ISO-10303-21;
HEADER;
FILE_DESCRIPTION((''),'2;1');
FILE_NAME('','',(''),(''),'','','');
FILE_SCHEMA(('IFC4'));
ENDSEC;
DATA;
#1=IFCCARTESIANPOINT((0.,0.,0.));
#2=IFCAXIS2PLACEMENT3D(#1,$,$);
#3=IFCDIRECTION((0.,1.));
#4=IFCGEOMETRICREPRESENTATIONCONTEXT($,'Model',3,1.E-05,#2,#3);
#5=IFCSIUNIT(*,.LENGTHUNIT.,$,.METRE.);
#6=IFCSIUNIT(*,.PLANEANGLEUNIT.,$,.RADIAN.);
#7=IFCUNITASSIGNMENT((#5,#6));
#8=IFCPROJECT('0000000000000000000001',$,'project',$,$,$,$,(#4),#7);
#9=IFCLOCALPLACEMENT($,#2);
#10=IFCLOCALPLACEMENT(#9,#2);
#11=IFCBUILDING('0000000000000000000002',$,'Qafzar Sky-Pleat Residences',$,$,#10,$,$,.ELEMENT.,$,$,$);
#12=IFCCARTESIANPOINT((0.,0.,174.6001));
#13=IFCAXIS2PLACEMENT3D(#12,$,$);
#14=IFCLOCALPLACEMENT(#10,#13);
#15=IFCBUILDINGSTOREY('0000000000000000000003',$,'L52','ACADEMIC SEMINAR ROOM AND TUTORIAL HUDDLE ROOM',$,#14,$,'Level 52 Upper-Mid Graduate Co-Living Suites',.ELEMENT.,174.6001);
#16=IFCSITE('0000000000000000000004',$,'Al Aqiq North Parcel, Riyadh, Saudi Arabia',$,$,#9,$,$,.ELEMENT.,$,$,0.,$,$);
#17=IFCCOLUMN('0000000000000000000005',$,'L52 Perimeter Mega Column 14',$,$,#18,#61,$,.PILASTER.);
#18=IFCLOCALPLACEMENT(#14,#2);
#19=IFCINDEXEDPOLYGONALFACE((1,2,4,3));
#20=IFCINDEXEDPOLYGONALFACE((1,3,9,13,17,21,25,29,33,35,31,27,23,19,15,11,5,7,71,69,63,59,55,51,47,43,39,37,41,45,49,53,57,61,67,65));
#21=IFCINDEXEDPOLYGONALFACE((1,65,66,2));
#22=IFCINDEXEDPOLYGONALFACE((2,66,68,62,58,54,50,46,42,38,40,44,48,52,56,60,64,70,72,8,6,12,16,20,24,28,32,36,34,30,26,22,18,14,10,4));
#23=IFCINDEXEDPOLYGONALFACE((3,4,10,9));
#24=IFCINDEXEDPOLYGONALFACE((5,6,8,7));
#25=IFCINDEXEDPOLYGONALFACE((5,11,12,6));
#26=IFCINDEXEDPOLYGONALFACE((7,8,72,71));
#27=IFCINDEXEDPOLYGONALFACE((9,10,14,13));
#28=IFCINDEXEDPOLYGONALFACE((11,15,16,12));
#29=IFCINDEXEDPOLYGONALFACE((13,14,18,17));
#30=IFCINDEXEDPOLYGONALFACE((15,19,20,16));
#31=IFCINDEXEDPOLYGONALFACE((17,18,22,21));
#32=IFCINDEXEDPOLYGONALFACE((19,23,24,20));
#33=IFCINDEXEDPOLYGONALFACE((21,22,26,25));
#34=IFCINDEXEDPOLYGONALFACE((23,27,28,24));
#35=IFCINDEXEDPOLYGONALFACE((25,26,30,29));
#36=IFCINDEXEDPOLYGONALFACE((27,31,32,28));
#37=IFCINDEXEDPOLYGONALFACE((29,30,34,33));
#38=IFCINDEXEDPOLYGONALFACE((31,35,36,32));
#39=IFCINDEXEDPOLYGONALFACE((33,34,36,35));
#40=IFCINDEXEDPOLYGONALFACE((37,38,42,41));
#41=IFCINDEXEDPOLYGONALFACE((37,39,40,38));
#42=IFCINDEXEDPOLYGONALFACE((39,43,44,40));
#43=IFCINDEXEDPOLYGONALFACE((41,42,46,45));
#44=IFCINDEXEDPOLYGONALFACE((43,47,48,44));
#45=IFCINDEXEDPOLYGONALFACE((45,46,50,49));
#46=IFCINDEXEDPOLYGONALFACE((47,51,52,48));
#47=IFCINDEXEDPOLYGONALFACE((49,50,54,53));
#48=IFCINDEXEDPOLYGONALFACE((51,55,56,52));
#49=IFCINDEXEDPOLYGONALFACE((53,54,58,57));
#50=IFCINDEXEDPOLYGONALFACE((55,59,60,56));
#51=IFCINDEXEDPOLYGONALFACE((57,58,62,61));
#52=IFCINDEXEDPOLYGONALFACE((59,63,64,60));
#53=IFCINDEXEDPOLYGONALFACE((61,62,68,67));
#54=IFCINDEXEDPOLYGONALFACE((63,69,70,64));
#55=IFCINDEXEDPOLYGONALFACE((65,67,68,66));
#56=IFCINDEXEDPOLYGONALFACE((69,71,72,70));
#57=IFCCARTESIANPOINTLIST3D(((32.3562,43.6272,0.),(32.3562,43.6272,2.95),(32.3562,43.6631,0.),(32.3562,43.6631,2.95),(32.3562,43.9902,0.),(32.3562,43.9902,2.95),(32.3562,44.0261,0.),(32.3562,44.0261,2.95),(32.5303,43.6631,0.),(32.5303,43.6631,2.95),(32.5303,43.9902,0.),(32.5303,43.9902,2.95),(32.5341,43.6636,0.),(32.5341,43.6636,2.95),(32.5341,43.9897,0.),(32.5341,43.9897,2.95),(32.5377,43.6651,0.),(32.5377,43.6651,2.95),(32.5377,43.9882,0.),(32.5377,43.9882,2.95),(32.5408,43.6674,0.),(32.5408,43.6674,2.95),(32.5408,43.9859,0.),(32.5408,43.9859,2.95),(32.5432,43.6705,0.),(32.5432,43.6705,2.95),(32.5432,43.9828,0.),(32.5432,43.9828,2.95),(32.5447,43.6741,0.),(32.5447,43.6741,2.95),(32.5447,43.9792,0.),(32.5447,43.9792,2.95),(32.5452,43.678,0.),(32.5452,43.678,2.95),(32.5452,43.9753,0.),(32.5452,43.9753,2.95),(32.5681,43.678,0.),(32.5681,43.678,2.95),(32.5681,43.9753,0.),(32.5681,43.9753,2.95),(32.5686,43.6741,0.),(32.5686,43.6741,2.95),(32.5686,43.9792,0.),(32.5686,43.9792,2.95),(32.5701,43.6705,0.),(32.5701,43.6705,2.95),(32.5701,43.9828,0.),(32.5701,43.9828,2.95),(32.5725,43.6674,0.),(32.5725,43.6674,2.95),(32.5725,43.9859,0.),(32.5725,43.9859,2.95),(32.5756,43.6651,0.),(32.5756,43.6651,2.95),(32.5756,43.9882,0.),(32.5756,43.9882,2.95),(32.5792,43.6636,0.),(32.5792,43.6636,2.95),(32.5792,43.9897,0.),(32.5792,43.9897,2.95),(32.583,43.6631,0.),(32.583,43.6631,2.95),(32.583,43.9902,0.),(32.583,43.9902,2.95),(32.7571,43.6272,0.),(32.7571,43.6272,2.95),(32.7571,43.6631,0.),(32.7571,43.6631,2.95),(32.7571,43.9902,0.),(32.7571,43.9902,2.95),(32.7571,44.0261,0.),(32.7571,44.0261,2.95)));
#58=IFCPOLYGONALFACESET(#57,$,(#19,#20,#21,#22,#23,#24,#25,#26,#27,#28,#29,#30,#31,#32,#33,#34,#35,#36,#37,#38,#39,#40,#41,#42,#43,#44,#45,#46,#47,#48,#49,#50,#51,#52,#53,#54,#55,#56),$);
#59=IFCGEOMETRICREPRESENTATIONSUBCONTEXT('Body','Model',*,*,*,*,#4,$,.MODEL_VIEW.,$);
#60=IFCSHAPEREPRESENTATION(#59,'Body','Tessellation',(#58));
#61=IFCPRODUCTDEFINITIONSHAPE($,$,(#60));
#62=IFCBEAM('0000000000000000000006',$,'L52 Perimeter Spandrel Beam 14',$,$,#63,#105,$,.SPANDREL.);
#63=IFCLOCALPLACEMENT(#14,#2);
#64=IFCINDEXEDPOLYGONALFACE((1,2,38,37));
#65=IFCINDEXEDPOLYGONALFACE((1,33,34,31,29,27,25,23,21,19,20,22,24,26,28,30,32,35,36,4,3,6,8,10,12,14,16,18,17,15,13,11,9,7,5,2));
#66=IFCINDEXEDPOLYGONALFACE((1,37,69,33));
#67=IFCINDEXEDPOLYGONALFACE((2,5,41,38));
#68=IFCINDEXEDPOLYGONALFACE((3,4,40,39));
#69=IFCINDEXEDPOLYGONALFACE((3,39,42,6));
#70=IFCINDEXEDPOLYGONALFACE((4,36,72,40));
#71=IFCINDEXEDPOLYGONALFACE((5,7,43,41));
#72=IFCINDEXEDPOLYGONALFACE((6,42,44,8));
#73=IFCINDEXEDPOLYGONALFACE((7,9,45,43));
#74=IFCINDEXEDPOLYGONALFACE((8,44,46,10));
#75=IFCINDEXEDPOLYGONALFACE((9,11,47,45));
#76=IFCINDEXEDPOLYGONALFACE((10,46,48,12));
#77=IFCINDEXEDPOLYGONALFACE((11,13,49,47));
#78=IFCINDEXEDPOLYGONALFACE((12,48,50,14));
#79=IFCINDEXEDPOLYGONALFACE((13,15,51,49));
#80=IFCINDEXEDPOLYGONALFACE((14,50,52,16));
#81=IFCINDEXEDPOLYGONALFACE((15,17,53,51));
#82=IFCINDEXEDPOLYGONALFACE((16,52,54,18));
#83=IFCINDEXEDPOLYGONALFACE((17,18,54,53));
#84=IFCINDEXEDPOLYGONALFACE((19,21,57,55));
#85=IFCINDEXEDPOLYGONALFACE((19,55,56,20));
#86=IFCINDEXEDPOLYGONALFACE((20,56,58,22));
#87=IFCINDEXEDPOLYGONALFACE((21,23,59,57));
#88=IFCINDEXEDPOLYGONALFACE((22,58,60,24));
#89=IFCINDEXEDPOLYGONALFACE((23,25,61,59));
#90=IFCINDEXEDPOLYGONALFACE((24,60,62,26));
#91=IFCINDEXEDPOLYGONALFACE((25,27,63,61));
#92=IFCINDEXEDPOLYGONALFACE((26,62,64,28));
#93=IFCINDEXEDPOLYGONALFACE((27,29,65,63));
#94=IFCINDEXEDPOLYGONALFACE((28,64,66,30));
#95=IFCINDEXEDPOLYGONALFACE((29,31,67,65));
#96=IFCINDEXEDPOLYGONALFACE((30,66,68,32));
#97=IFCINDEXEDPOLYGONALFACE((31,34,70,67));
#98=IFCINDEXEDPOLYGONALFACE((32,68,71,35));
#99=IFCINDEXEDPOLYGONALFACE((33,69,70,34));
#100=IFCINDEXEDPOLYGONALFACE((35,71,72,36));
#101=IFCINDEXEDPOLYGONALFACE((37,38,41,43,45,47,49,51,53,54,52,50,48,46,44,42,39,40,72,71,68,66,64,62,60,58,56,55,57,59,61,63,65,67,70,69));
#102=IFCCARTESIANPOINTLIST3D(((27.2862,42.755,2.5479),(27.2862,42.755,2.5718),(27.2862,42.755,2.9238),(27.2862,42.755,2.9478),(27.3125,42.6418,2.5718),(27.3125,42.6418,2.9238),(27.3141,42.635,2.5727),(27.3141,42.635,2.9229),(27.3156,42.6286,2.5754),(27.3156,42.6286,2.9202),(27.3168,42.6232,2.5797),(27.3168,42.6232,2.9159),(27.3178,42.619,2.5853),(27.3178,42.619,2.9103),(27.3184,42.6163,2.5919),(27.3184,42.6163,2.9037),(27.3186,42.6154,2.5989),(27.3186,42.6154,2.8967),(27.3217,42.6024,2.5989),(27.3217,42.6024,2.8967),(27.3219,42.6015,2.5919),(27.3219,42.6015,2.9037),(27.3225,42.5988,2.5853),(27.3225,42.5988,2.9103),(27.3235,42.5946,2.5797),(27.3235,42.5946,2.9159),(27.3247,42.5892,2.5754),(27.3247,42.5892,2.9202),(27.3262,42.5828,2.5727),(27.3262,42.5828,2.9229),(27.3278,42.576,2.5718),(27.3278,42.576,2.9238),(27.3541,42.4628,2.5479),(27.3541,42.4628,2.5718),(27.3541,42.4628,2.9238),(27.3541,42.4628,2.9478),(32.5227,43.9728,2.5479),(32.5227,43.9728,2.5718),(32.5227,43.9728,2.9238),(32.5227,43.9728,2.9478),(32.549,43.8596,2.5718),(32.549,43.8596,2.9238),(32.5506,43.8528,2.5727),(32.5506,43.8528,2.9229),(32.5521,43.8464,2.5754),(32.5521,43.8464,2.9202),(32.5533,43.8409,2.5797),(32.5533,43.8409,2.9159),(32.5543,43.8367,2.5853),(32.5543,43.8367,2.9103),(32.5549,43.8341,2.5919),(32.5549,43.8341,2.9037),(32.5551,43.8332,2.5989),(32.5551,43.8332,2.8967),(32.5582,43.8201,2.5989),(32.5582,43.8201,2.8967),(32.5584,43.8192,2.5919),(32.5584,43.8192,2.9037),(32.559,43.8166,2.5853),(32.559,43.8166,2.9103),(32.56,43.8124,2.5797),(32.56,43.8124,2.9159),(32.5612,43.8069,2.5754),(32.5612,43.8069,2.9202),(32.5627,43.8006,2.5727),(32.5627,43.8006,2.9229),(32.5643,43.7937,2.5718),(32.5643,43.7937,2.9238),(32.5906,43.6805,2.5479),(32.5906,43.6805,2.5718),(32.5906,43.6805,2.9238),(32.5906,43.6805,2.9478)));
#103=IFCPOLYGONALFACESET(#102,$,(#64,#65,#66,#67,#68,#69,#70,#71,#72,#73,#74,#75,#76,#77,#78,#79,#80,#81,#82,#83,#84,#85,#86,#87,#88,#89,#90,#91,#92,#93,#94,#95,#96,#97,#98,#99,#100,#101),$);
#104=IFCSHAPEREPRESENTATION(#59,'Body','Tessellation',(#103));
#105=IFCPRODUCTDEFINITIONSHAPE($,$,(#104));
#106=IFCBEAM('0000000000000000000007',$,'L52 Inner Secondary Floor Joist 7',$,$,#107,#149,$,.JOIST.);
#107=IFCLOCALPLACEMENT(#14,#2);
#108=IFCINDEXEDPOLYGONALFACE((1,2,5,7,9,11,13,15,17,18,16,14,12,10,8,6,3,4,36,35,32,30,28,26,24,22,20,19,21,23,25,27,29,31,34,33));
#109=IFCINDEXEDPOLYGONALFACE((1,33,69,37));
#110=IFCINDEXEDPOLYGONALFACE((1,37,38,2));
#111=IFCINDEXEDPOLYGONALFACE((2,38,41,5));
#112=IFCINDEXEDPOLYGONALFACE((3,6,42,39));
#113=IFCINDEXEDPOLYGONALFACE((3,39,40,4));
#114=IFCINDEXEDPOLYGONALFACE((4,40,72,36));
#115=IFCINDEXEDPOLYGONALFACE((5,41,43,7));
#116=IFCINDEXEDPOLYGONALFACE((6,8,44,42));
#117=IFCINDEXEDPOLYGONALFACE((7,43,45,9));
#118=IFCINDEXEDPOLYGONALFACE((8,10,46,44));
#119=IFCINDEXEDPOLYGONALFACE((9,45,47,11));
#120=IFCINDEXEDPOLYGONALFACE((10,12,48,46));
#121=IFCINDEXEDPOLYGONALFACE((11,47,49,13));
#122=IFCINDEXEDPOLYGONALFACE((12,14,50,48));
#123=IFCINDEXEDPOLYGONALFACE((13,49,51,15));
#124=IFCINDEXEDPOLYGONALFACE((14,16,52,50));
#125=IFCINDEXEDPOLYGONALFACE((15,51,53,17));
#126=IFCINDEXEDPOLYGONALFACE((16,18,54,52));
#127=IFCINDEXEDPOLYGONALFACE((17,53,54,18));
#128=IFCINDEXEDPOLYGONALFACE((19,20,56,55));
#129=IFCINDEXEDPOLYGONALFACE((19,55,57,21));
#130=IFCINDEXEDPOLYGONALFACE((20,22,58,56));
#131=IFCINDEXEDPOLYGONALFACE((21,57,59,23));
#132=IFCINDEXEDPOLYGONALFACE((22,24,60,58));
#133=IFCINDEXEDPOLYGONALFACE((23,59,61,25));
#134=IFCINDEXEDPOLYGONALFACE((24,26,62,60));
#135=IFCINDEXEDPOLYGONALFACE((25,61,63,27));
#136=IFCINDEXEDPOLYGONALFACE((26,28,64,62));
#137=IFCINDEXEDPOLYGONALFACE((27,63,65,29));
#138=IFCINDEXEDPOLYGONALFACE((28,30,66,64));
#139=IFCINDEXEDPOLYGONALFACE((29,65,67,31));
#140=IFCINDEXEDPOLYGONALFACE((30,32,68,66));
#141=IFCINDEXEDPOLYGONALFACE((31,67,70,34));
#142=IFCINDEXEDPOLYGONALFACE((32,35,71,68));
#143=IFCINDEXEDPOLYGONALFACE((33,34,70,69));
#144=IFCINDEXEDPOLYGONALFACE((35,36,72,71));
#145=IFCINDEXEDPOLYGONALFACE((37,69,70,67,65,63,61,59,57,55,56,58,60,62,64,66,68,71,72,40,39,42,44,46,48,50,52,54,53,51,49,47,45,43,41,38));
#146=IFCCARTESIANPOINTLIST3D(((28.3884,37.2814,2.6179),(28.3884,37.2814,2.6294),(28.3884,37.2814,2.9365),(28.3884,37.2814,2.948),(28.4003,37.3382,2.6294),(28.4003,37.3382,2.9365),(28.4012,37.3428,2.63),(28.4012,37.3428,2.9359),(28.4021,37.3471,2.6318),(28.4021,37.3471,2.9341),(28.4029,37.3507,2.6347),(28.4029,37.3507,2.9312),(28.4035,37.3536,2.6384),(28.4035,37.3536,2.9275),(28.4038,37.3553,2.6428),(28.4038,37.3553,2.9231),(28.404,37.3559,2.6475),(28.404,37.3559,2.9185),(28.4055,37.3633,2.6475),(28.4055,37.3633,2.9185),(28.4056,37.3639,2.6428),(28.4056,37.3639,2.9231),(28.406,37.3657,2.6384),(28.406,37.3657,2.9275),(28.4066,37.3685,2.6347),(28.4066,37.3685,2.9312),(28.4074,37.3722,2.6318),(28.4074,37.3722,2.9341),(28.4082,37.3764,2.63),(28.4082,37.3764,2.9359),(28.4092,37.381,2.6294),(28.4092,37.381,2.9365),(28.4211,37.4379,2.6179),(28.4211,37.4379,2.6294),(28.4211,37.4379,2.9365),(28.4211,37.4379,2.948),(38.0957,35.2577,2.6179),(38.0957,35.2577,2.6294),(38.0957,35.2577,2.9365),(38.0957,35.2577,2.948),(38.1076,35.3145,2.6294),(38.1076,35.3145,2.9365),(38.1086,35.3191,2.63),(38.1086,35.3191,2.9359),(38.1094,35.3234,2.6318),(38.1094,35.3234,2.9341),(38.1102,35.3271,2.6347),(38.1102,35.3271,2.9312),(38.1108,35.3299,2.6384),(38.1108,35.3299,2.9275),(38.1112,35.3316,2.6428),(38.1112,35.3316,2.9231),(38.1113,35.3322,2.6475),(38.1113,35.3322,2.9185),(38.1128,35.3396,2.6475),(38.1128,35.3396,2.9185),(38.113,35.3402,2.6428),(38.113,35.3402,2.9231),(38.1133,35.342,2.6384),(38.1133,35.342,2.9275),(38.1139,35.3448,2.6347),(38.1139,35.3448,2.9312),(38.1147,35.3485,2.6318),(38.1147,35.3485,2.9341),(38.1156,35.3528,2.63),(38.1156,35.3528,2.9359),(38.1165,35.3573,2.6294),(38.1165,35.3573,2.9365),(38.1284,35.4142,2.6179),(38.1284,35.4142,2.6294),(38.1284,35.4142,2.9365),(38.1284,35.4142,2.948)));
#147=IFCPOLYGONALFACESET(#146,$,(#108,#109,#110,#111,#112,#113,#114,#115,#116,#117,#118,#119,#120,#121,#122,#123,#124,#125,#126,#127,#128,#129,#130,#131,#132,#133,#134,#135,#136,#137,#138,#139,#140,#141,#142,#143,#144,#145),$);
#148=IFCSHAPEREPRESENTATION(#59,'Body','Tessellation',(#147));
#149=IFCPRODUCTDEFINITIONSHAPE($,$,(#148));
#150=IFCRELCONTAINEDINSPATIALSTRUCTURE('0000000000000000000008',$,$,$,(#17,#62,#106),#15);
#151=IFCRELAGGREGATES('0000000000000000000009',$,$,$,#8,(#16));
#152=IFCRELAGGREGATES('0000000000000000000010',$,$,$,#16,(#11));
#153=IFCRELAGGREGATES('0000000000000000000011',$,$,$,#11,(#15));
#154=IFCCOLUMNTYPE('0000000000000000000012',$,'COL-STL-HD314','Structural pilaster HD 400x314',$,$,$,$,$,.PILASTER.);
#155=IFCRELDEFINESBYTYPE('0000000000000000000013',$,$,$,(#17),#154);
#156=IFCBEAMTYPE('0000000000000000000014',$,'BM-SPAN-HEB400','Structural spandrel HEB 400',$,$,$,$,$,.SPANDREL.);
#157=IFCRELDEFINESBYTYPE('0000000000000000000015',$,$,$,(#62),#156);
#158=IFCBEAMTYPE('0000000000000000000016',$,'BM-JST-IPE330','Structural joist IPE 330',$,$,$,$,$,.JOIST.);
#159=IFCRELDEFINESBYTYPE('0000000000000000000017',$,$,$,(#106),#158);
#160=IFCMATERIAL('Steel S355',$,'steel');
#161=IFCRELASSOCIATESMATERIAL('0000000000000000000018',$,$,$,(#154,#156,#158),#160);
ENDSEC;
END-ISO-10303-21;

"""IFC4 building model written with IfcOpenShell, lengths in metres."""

from ifc_helpers import new_model, si_unit, direction, frame, origin, origin_2d, place, context, subcontext, project, spatial, i_section, extrude, source, transform, mapped, material, material_profile, profile_set, type_object, element, save


model = new_model("IFC4")

# Units and contexts
model_context = context("Model", 3, precision=1e-05, world=origin(), true_north=direction((0.0, 1.0)))
body_context = subcontext(model_context, "Body", "Model", "MODEL_VIEW")
ifc_project = project(units=[si_unit("LENGTHUNIT", "METRE"), si_unit("PLANEANGLEUNIT", "RADIAN")], contexts=[model_context])

# Site, building, storey
site_placement = place(None, origin())
site = spatial("IfcSite", under=ifc_project, at=site_placement, Name="Al Aqiq North Parcel, Riyadh, Saudi Arabia", CompositionType="ELEMENT", RefElevation=0.0)
building_placement = place(site_placement, origin())
building = spatial("IfcBuilding", under=site, at=building_placement, Name="Qafzar Sky-Pleat Residences", CompositionType="ELEMENT")
storey_placement = place(building_placement, frame((0.0, 0.0, 174.6001)))
storey = spatial("IfcBuildingStorey", under=building, at=storey_placement, Name="L52", Description="ACADEMIC SEMINAR ROOM AND TUTORIAL HUDDLE ROOM", LongName="Level 52 Upper-Mid Graduate Co-Living Suites", CompositionType="ELEMENT", Elevation=174.6001)

# Column
ifc_material_1 = material(Name="Steel S355", Category="steel")
ifc_material_profile_1 = material_profile(ifc_material_1, i_section(OverallWidth=0.4009, OverallDepth=0.3989, WebThickness=0.0229, FlangeThickness=0.0359, FilletRadius=0.0149, at=origin_2d()), Name="HD 400x314")
ifc_profile_set_1 = profile_set([ifc_material_profile_1], Name="Steel S355")
column_type = type_object("IfcColumnType", Name="COL-STL-HD314", Description="Structural pilaster HD 400x314", PredefinedType="PILASTER", material=ifc_profile_set_1)
shared_shape_1 = source(origin(), body_context, "Body", "SweptSolid", [
    extrude(i_section(OverallWidth=0.4009, OverallDepth=0.3989, WebThickness=0.0229, FlangeThickness=0.0359, FilletRadius=0.0149, at=origin_2d()), origin(), (0.0, 0.0, 1.0), 2.95),
])
column_placement = place(storey_placement, frame((32.5566, 43.8267, 0.0), z_axis=(0.0, 0.0, 1.0), x_axis=(1.0, 0.0, 0.0)))
element("IfcColumn", 1, at=column_placement, inside=storey, type_object=column_type, Name="L52 Perimeter Mega Column 14", PredefinedType="PILASTER", context=body_context, shape_type="MappedRepresentation", body=[
    mapped(shared_shape_1, transform((0.0, 0.0, 0.0), x_axis=(1.0, 0.0, 0.0), y_axis=(0.0, 1.0, 0.0), z_axis=(0.0, 0.0, 1.0), scale=1.0)),
])

# Beams
ifc_material_profile_2 = material_profile(ifc_material_1, i_section(OverallWidth=0.3, OverallDepth=0.3999, WebThickness=0.0134, FlangeThickness=0.0239, FilletRadius=0.0271, at=origin_2d()), Name="HEB 400")
ifc_profile_set_2 = profile_set([ifc_material_profile_2], Name="Steel S355")
beam_type_1 = type_object("IfcBeamType", Name="BM-SPAN-HEB400", Description="Structural spandrel HEB 400", PredefinedType="SPANDREL", material=ifc_profile_set_2)
shared_shape_2 = source(origin(), body_context, "Body", "SweptSolid", [
    extrude(i_section(OverallWidth=0.3, OverallDepth=0.3999, WebThickness=0.0134, FlangeThickness=0.0239, FilletRadius=0.0271, at=origin_2d()), origin(), (0.0, 0.0, 1.0), 5.3762),
])
beam_1_placement = place(storey_placement, frame((32.5566, 43.8267, 2.7478), z_axis=(-0.974009, -0.226507, 0.0), x_axis=(0.226507, -0.974009, 0.0)))
element("IfcBeam", 2, at=beam_1_placement, inside=storey, type_object=beam_type_1, Name="L52 Perimeter Spandrel Beam 14", PredefinedType="SPANDREL", context=body_context, shape_type="MappedRepresentation", body=[
    mapped(shared_shape_2, transform((0.0, 0.0, 0.0), x_axis=(1.0, 0.0, 0.0), y_axis=(0.0, 1.0, 0.0), z_axis=(0.0, 0.0, 1.0), scale=1.0)),
])
ifc_material_profile_3 = material_profile(ifc_material_1, i_section(OverallWidth=0.1599, OverallDepth=0.3301, WebThickness=0.0076, FlangeThickness=0.0115, FilletRadius=0.0181, at=origin_2d()), Name="IPE 330")
ifc_profile_set_3 = profile_set([ifc_material_profile_3], Name="Steel S355")
beam_type_2 = type_object("IfcBeamType", Name="BM-JST-IPE330", Description="Structural joist IPE 330", PredefinedType="JOIST", material=ifc_profile_set_3)
shared_shape_3 = source(origin(), body_context, "Body", "SweptSolid", [
    extrude(i_section(OverallWidth=0.1599, OverallDepth=0.3301, WebThickness=0.0076, FlangeThickness=0.0115, FilletRadius=0.0181, at=origin_2d()), origin(), (0.0, 0.0, 1.0), 9.916),
])
beam_2_placement = place(storey_placement, frame((38.1121, 35.3359, 2.783), z_axis=(-0.978954, 0.204083, 0.0), x_axis=(-0.204083, -0.978954, 0.0)))
element("IfcBeam", 3, at=beam_2_placement, inside=storey, type_object=beam_type_2, Name="L52 Inner Secondary Floor Joist 7", PredefinedType="JOIST", context=body_context, shape_type="MappedRepresentation", body=[
    mapped(shared_shape_3, transform((0.0, 0.0, 0.0), x_axis=(1.0, 0.0, 0.0), y_axis=(0.0, 1.0, 0.0), z_axis=(0.0, 0.0, 1.0), scale=1.0)),
])

save(model, "model.ifc")
